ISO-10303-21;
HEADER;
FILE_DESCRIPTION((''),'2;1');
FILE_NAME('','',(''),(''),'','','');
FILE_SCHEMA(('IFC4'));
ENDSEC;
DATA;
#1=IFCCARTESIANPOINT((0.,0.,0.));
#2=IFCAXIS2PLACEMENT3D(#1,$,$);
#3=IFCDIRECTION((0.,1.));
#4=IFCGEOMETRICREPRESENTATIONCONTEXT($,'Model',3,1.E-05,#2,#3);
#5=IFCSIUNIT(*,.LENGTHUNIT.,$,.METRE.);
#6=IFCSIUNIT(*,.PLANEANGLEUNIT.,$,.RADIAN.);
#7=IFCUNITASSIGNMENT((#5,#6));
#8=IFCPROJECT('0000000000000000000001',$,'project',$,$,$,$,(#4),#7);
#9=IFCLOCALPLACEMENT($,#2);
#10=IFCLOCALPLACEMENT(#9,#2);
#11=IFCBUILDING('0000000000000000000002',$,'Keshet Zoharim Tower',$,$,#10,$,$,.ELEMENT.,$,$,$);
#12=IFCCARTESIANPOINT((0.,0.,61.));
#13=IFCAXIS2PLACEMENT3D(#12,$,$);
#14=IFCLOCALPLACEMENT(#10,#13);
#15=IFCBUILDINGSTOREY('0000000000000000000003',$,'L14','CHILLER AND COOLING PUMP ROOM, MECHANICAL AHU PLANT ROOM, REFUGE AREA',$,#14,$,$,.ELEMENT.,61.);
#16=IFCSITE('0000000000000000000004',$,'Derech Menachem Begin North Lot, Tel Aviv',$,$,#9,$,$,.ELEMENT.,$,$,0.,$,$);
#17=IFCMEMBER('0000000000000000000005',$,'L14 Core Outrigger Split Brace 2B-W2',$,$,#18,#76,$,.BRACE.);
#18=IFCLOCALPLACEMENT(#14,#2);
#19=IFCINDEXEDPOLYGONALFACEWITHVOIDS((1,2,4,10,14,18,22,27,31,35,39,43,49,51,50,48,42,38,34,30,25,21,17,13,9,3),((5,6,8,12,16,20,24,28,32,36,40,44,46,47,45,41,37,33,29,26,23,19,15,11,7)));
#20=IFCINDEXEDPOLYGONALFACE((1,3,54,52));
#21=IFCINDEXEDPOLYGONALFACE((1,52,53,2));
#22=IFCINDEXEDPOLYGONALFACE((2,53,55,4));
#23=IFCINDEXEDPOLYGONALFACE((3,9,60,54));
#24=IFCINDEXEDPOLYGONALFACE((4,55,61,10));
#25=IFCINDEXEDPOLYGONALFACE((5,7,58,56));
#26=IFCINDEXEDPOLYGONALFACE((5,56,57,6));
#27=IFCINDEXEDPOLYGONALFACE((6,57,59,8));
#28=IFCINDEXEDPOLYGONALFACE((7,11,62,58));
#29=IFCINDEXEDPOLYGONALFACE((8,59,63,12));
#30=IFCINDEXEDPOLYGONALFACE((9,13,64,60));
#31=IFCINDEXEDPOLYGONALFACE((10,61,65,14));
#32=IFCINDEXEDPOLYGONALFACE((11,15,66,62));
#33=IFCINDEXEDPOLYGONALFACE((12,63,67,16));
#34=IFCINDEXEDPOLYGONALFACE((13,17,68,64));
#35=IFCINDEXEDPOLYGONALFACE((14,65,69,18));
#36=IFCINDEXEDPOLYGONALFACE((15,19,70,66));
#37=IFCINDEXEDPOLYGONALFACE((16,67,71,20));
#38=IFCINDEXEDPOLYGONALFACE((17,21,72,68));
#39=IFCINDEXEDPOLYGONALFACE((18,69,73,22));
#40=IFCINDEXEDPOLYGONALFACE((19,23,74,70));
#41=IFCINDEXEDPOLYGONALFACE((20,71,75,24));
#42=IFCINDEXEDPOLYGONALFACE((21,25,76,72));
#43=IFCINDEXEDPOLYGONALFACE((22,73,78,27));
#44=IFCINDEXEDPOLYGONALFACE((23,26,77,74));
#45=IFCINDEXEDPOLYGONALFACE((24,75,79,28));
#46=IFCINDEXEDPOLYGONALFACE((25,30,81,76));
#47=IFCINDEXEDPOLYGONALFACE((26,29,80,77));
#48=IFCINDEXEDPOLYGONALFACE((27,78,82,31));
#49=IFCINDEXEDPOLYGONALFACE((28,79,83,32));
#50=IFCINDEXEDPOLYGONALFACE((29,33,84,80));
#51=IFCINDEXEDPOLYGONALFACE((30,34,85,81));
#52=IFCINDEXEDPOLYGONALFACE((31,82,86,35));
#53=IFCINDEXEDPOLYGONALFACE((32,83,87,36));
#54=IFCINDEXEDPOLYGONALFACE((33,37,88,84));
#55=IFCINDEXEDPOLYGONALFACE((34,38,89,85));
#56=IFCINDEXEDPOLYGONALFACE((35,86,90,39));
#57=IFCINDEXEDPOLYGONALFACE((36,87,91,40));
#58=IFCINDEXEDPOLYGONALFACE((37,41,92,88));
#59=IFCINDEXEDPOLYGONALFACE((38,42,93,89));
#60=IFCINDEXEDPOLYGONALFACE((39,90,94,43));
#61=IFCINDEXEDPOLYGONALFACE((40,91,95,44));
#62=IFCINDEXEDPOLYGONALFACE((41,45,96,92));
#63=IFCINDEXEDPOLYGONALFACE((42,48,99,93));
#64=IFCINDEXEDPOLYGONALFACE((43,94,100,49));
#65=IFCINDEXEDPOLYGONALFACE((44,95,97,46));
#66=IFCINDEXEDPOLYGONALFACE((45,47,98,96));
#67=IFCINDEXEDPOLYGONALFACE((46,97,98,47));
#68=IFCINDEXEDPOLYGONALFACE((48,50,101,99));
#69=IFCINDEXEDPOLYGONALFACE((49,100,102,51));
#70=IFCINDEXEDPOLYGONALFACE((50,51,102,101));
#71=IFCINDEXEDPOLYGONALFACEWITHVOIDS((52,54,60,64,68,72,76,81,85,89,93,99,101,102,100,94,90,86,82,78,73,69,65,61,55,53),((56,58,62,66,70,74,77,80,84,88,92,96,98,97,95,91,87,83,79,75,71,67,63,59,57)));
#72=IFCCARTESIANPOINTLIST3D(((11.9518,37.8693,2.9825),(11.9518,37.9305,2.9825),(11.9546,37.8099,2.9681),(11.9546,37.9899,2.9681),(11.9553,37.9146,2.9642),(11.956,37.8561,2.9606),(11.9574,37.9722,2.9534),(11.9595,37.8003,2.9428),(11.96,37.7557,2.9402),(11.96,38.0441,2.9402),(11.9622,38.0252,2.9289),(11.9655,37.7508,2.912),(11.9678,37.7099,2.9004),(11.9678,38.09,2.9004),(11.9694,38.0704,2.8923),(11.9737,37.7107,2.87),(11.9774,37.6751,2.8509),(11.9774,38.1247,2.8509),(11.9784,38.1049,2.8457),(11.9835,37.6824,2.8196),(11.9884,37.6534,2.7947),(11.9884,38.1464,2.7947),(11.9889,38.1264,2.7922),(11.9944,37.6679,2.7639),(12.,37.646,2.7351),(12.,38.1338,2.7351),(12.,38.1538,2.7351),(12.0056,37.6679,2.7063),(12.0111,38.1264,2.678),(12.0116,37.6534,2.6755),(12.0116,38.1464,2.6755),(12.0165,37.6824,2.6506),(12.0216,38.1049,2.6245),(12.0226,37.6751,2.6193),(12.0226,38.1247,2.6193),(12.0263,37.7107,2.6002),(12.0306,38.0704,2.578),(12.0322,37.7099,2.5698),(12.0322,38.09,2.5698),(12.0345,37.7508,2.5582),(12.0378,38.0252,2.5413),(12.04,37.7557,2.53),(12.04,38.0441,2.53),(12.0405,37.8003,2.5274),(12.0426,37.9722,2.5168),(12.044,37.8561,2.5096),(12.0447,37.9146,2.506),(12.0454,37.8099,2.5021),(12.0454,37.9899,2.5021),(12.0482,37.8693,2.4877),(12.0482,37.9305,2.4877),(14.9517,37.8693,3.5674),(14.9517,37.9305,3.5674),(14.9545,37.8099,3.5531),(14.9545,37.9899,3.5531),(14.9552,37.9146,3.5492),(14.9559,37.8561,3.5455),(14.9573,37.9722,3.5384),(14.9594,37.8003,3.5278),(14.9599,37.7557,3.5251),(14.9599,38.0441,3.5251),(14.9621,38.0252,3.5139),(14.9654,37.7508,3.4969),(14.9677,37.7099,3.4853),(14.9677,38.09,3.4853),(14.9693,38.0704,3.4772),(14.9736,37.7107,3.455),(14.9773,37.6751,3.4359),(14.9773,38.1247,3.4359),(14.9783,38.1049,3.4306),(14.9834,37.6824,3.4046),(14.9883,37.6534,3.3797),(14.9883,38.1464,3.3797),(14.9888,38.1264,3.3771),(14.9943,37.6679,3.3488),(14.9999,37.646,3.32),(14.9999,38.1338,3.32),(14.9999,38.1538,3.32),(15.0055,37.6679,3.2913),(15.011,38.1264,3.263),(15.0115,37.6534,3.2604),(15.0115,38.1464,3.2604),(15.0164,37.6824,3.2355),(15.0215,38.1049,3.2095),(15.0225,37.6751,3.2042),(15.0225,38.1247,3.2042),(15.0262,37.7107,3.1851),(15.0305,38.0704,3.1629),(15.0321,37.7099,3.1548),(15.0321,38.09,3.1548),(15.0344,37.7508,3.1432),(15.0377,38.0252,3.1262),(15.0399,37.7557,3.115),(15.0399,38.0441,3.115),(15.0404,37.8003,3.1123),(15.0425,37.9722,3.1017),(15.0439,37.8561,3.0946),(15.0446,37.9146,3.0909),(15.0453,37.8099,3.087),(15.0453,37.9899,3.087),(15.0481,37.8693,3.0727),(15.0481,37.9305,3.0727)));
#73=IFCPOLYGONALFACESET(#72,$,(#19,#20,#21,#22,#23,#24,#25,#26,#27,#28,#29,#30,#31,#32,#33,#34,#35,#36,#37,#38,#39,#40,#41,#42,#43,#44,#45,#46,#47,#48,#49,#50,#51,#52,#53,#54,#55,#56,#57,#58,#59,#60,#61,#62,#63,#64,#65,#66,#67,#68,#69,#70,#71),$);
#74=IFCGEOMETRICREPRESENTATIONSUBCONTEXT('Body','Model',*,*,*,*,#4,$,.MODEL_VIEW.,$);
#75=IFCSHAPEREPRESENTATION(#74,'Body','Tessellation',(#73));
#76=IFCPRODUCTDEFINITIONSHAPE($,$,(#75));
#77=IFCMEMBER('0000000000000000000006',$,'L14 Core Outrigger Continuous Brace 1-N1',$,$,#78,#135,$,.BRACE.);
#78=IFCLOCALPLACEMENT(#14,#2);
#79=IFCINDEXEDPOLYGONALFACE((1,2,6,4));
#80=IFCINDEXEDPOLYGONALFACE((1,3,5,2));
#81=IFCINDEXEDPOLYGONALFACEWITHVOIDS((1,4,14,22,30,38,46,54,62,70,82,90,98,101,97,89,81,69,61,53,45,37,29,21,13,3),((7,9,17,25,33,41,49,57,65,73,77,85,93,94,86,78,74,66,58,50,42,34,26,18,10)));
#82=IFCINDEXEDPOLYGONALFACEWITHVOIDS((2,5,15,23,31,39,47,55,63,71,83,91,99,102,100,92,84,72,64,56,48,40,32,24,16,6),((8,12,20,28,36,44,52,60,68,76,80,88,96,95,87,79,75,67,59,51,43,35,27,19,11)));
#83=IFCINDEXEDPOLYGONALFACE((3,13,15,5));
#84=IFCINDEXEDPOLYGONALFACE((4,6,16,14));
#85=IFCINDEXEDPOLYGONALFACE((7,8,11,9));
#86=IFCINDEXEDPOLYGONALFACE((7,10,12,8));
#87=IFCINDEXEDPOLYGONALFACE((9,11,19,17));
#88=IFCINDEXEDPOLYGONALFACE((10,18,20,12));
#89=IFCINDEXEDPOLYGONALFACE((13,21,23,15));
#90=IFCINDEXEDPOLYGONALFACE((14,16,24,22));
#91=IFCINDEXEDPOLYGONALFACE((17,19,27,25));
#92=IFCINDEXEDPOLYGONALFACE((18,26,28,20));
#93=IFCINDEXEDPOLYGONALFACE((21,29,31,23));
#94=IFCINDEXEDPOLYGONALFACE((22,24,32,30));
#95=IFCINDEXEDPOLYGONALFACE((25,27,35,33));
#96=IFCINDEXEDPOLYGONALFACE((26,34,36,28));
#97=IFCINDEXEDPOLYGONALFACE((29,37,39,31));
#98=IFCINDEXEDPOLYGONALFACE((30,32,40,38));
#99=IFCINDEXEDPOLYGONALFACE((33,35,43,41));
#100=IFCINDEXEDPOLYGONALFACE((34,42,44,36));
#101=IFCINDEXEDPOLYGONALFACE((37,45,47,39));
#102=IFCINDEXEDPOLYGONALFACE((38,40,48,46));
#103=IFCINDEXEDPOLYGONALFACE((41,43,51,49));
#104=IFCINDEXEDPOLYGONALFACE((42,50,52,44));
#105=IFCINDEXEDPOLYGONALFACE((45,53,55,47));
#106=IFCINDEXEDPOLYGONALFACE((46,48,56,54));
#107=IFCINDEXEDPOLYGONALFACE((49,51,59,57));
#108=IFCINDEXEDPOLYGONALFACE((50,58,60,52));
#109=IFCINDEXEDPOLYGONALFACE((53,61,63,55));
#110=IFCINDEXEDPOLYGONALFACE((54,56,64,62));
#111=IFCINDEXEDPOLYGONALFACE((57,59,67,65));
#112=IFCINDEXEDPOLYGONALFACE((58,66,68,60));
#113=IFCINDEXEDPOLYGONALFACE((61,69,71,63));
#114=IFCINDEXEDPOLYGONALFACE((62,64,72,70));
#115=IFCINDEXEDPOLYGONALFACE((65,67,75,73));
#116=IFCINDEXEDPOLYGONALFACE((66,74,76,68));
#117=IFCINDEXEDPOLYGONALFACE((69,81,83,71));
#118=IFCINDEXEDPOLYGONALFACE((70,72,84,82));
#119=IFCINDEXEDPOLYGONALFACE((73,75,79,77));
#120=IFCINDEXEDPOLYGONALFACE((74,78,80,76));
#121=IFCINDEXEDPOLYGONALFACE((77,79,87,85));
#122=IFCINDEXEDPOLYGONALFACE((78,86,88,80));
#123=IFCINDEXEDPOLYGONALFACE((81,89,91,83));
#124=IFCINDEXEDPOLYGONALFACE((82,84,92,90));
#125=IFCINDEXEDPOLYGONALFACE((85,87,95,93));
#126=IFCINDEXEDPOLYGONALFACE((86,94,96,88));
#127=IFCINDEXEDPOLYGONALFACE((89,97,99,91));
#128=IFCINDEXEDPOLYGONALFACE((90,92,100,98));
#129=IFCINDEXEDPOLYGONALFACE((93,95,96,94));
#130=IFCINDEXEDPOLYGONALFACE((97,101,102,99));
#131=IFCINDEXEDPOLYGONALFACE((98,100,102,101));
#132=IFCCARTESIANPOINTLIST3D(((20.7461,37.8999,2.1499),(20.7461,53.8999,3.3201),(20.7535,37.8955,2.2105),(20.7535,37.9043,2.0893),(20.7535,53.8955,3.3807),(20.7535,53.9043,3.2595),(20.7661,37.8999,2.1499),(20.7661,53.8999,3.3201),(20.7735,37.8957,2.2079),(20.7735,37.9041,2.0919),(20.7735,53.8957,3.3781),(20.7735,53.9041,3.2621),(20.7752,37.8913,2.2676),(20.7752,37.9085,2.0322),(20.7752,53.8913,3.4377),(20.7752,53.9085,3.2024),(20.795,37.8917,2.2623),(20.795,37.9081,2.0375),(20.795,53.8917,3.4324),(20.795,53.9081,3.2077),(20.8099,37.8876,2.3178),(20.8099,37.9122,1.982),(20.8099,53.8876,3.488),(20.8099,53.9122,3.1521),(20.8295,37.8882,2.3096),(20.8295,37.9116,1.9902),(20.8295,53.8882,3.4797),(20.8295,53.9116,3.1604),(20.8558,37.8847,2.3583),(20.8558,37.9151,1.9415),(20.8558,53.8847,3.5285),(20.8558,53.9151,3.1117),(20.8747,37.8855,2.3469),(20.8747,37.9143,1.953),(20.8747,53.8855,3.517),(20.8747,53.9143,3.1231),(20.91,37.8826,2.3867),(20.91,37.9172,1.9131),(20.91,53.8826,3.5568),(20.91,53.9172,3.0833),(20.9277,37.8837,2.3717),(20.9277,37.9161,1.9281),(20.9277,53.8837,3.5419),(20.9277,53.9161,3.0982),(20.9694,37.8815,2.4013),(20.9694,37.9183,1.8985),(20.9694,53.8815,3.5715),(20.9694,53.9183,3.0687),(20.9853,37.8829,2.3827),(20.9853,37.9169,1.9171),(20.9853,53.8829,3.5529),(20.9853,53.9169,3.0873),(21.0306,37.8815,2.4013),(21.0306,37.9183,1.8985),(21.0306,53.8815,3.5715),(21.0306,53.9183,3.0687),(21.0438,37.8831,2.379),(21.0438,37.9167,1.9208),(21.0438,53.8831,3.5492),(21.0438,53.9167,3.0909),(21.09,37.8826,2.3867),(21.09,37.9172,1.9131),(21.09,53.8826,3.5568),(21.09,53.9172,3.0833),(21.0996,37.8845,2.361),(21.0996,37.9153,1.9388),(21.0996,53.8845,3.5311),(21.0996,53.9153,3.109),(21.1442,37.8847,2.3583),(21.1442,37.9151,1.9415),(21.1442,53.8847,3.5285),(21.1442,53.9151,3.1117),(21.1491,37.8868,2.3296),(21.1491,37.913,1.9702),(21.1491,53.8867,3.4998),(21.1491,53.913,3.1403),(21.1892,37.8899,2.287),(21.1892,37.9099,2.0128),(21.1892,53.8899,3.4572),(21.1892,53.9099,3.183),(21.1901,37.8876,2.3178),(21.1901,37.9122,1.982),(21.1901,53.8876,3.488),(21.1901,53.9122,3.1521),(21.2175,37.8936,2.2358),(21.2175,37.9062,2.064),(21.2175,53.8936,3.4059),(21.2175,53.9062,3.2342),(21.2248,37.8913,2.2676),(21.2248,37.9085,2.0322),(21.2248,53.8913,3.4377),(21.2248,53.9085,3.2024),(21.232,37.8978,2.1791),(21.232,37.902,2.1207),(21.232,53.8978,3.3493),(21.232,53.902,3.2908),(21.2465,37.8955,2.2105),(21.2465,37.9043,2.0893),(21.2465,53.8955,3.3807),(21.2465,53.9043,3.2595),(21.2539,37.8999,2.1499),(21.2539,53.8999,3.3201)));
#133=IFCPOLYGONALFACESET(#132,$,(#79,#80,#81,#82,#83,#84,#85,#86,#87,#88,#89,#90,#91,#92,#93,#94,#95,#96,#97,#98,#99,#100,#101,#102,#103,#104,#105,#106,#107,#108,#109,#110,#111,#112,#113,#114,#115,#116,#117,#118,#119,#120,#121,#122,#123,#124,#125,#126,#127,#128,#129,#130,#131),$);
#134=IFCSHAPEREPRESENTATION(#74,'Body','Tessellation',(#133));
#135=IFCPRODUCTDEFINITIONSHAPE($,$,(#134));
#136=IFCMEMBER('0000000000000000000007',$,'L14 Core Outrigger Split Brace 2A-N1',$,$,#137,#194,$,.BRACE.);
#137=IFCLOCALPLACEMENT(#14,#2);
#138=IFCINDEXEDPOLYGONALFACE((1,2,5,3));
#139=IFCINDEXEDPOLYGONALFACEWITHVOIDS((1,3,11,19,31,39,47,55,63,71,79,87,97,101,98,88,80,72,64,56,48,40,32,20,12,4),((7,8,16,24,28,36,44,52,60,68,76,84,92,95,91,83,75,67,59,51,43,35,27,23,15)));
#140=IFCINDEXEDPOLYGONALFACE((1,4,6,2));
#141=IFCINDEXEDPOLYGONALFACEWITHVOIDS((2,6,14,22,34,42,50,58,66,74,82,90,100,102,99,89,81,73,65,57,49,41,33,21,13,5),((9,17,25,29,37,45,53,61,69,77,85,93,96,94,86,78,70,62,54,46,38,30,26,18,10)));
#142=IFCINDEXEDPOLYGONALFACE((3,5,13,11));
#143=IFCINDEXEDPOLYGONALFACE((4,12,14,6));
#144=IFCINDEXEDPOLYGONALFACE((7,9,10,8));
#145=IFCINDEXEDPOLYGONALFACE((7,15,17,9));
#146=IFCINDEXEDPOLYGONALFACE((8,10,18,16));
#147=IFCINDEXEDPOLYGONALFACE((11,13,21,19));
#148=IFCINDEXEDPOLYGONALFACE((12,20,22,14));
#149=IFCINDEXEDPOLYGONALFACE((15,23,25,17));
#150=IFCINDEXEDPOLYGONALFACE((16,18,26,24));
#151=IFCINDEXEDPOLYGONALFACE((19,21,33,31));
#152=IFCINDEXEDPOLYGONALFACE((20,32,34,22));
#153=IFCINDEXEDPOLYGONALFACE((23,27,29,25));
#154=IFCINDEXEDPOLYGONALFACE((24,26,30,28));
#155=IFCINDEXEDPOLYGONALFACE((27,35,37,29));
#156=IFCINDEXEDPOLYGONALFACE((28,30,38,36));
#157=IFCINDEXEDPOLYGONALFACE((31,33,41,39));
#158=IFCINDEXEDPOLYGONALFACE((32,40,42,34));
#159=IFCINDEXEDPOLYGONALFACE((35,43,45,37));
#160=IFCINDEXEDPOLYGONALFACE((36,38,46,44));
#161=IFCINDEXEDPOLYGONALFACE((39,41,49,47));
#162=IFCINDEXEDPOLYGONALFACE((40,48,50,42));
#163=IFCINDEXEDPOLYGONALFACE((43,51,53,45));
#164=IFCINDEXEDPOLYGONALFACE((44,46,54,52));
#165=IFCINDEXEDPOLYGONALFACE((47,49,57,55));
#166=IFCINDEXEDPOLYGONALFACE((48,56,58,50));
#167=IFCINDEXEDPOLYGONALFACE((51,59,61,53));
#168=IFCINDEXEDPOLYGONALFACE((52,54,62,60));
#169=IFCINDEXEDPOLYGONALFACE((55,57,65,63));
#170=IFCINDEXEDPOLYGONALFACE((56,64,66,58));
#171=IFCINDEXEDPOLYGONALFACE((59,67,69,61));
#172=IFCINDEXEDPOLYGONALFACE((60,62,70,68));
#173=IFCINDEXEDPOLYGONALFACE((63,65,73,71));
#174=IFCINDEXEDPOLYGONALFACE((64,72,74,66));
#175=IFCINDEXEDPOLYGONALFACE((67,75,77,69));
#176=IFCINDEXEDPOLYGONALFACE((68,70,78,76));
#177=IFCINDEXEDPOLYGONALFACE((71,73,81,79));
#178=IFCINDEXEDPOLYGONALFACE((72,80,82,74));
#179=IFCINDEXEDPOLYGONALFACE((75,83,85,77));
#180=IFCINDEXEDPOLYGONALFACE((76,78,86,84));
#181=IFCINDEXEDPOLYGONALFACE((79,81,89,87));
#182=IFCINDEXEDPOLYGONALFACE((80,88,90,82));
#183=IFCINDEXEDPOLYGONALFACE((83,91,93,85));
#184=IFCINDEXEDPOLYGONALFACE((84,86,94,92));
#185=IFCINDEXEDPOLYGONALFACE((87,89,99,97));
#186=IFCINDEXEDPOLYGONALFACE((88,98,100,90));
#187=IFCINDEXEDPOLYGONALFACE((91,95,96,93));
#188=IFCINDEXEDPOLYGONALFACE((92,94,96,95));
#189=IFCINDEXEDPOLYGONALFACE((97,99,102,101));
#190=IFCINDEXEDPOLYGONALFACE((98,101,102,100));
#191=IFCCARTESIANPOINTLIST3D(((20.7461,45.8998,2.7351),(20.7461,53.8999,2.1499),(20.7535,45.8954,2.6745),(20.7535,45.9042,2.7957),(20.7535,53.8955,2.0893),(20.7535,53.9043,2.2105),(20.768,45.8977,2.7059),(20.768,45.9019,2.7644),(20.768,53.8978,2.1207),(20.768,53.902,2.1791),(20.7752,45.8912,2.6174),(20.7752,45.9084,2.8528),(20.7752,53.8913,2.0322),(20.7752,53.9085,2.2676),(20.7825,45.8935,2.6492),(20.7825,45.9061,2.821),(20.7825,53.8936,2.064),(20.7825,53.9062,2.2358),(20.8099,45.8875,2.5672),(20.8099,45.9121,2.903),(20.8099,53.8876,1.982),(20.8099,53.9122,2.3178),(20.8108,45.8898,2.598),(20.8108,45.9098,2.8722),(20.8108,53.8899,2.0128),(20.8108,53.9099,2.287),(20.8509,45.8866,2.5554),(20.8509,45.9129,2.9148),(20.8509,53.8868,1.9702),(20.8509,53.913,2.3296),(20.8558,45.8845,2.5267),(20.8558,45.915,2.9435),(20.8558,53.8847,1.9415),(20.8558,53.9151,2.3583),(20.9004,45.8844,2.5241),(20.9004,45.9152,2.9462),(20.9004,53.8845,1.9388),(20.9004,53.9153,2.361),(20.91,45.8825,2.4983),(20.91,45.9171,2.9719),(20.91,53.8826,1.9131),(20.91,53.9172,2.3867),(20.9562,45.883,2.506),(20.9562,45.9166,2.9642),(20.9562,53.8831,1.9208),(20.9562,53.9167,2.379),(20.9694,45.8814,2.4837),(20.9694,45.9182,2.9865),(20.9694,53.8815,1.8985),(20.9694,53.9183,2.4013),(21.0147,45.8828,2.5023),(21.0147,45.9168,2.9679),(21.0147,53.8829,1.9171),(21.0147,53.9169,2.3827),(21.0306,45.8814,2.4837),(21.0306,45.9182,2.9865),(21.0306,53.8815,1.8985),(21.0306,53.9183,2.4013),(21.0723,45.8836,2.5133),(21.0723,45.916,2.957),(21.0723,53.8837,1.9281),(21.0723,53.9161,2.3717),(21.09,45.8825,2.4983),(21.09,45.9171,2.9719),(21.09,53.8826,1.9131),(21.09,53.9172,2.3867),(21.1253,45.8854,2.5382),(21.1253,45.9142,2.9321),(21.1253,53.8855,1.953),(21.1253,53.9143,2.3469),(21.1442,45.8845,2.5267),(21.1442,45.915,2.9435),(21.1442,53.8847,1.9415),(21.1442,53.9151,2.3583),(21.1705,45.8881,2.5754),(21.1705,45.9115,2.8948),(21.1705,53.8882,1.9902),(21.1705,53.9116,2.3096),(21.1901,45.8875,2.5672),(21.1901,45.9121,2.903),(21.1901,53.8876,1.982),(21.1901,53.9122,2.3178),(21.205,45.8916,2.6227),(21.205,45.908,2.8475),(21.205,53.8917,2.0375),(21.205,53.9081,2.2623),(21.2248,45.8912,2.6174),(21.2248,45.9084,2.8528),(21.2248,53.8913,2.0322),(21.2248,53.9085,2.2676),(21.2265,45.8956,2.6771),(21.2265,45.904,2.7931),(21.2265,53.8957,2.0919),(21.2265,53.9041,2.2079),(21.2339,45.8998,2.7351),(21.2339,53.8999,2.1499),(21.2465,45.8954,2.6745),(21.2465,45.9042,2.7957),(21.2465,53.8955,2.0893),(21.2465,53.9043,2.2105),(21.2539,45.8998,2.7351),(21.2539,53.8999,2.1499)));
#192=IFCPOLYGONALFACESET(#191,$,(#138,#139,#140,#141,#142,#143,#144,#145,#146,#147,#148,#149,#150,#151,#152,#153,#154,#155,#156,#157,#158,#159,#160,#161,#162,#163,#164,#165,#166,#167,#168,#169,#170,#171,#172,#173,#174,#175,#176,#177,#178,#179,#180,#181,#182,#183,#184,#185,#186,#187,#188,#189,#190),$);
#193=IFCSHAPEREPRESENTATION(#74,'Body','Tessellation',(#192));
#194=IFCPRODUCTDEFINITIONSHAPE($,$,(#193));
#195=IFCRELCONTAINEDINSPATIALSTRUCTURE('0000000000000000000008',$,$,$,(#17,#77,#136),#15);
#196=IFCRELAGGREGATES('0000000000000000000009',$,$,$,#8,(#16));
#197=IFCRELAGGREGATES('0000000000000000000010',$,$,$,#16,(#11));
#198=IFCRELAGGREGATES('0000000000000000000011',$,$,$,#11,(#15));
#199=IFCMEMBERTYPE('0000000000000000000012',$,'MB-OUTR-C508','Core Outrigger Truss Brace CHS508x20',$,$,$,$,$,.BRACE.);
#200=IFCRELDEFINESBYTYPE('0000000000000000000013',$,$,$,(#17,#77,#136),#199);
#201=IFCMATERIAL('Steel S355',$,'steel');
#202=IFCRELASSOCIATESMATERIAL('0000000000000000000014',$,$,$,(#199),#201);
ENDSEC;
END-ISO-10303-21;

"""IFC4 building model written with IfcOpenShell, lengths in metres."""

from ifc_helpers import new_model, si_unit, direction, frame, origin, origin_2d, place, context, subcontext, project, spatial, hollow_circle, extrude, material, material_profile, profile_set, type_object, element, save


model = new_model("IFC4")

# Units and contexts
model_context = context("Model", 3, precision=1e-05, world=origin(), true_north=direction((0.0, 1.0)))
body_context = subcontext(model_context, "Body", "Model", "MODEL_VIEW")
ifc_project = project(units=[si_unit("LENGTHUNIT", "METRE"), si_unit("PLANEANGLEUNIT", "RADIAN")], contexts=[model_context])

# Site, building, storey
site_placement = place(None, origin())
site = spatial("IfcSite", under=ifc_project, at=site_placement, Name="Derech Menachem Begin North Lot, Tel Aviv", CompositionType="ELEMENT", RefElevation=0.0)
building_placement = place(site_placement, origin())
building = spatial("IfcBuilding", under=site, at=building_placement, Name="Keshet Zoharim Tower", CompositionType="ELEMENT")
storey_placement = place(building_placement, frame((0.0, 0.0, 61.0)))
storey = spatial("IfcBuildingStorey", under=building, at=storey_placement, Name="L14", Description="CHILLER AND COOLING PUMP ROOM, MECHANICAL AHU PLANT ROOM, REFUGE AREA", CompositionType="ELEMENT", Elevation=61.0)

# Shared definitions
ifc_material_1 = material(Name="Steel S355", Category="steel")

# Members
ifc_material_profile_1 = material_profile(ifc_material_1, hollow_circle(Radius=0.2539, WallThickness=0.02, at=origin_2d()), Name="CHS508x20")
ifc_profile_set_1 = profile_set([ifc_material_profile_1], Name="Steel S355")
member_type_1 = type_object("IfcMemberType", Name="MB-OUTR-C508", Description="Core Outrigger Truss Brace CHS508x20", PredefinedType="BRACE", material=ifc_profile_set_1)
member_1_placement = place(storey_placement, frame((12.0, 37.8999, 2.7351), z_axis=(0.981515, 0.0, 0.191383), x_axis=(0.0, 1.0, 0.0)))
element("IfcMember", 1, at=member_1_placement, inside=storey, type_object=member_type_1, Name="L14 Core Outrigger Split Brace 2B-W2", PredefinedType="BRACE", context=body_context, shape_type="SweptSolid", body=[
    extrude(hollow_circle(Radius=0.2539, WallThickness=0.02, at=origin_2d()), origin(), (0.0, 0.0, 1.0), 3.0564),
])
member_2_placement = place(storey_placement, frame((21.0, 37.8999, 2.1499), z_axis=(0.0, 0.997336, 0.072941), x_axis=(-1.0, 0.0, 0.0)))
element("IfcMember", 2, at=member_2_placement, inside=storey, type_object=member_type_1, Name="L14 Core Outrigger Continuous Brace 1-N1", PredefinedType="BRACE", context=body_context, shape_type="SweptSolid", body=[
    extrude(hollow_circle(Radius=0.2539, WallThickness=0.02, at=origin_2d()), origin(), (0.0, 0.0, 1.0), 16.0427),
])
member_3_placement = place(storey_placement, frame((21.0, 53.8999, 2.1499), z_axis=(0.0, -0.997335, 0.072956), x_axis=(1.0, 0.0, 0.0)))
element("IfcMember", 3, at=member_3_placement, inside=storey, type_object=member_type_1, Name="L14 Core Outrigger Split Brace 2A-N1", PredefinedType="BRACE", context=body_context, shape_type="SweptSolid", body=[
    extrude(hollow_circle(Radius=0.2539, WallThickness=0.02, at=origin_2d()), origin(), (0.0, 0.0, 1.0), 8.0215),
])

save(model, "model.ifc")
